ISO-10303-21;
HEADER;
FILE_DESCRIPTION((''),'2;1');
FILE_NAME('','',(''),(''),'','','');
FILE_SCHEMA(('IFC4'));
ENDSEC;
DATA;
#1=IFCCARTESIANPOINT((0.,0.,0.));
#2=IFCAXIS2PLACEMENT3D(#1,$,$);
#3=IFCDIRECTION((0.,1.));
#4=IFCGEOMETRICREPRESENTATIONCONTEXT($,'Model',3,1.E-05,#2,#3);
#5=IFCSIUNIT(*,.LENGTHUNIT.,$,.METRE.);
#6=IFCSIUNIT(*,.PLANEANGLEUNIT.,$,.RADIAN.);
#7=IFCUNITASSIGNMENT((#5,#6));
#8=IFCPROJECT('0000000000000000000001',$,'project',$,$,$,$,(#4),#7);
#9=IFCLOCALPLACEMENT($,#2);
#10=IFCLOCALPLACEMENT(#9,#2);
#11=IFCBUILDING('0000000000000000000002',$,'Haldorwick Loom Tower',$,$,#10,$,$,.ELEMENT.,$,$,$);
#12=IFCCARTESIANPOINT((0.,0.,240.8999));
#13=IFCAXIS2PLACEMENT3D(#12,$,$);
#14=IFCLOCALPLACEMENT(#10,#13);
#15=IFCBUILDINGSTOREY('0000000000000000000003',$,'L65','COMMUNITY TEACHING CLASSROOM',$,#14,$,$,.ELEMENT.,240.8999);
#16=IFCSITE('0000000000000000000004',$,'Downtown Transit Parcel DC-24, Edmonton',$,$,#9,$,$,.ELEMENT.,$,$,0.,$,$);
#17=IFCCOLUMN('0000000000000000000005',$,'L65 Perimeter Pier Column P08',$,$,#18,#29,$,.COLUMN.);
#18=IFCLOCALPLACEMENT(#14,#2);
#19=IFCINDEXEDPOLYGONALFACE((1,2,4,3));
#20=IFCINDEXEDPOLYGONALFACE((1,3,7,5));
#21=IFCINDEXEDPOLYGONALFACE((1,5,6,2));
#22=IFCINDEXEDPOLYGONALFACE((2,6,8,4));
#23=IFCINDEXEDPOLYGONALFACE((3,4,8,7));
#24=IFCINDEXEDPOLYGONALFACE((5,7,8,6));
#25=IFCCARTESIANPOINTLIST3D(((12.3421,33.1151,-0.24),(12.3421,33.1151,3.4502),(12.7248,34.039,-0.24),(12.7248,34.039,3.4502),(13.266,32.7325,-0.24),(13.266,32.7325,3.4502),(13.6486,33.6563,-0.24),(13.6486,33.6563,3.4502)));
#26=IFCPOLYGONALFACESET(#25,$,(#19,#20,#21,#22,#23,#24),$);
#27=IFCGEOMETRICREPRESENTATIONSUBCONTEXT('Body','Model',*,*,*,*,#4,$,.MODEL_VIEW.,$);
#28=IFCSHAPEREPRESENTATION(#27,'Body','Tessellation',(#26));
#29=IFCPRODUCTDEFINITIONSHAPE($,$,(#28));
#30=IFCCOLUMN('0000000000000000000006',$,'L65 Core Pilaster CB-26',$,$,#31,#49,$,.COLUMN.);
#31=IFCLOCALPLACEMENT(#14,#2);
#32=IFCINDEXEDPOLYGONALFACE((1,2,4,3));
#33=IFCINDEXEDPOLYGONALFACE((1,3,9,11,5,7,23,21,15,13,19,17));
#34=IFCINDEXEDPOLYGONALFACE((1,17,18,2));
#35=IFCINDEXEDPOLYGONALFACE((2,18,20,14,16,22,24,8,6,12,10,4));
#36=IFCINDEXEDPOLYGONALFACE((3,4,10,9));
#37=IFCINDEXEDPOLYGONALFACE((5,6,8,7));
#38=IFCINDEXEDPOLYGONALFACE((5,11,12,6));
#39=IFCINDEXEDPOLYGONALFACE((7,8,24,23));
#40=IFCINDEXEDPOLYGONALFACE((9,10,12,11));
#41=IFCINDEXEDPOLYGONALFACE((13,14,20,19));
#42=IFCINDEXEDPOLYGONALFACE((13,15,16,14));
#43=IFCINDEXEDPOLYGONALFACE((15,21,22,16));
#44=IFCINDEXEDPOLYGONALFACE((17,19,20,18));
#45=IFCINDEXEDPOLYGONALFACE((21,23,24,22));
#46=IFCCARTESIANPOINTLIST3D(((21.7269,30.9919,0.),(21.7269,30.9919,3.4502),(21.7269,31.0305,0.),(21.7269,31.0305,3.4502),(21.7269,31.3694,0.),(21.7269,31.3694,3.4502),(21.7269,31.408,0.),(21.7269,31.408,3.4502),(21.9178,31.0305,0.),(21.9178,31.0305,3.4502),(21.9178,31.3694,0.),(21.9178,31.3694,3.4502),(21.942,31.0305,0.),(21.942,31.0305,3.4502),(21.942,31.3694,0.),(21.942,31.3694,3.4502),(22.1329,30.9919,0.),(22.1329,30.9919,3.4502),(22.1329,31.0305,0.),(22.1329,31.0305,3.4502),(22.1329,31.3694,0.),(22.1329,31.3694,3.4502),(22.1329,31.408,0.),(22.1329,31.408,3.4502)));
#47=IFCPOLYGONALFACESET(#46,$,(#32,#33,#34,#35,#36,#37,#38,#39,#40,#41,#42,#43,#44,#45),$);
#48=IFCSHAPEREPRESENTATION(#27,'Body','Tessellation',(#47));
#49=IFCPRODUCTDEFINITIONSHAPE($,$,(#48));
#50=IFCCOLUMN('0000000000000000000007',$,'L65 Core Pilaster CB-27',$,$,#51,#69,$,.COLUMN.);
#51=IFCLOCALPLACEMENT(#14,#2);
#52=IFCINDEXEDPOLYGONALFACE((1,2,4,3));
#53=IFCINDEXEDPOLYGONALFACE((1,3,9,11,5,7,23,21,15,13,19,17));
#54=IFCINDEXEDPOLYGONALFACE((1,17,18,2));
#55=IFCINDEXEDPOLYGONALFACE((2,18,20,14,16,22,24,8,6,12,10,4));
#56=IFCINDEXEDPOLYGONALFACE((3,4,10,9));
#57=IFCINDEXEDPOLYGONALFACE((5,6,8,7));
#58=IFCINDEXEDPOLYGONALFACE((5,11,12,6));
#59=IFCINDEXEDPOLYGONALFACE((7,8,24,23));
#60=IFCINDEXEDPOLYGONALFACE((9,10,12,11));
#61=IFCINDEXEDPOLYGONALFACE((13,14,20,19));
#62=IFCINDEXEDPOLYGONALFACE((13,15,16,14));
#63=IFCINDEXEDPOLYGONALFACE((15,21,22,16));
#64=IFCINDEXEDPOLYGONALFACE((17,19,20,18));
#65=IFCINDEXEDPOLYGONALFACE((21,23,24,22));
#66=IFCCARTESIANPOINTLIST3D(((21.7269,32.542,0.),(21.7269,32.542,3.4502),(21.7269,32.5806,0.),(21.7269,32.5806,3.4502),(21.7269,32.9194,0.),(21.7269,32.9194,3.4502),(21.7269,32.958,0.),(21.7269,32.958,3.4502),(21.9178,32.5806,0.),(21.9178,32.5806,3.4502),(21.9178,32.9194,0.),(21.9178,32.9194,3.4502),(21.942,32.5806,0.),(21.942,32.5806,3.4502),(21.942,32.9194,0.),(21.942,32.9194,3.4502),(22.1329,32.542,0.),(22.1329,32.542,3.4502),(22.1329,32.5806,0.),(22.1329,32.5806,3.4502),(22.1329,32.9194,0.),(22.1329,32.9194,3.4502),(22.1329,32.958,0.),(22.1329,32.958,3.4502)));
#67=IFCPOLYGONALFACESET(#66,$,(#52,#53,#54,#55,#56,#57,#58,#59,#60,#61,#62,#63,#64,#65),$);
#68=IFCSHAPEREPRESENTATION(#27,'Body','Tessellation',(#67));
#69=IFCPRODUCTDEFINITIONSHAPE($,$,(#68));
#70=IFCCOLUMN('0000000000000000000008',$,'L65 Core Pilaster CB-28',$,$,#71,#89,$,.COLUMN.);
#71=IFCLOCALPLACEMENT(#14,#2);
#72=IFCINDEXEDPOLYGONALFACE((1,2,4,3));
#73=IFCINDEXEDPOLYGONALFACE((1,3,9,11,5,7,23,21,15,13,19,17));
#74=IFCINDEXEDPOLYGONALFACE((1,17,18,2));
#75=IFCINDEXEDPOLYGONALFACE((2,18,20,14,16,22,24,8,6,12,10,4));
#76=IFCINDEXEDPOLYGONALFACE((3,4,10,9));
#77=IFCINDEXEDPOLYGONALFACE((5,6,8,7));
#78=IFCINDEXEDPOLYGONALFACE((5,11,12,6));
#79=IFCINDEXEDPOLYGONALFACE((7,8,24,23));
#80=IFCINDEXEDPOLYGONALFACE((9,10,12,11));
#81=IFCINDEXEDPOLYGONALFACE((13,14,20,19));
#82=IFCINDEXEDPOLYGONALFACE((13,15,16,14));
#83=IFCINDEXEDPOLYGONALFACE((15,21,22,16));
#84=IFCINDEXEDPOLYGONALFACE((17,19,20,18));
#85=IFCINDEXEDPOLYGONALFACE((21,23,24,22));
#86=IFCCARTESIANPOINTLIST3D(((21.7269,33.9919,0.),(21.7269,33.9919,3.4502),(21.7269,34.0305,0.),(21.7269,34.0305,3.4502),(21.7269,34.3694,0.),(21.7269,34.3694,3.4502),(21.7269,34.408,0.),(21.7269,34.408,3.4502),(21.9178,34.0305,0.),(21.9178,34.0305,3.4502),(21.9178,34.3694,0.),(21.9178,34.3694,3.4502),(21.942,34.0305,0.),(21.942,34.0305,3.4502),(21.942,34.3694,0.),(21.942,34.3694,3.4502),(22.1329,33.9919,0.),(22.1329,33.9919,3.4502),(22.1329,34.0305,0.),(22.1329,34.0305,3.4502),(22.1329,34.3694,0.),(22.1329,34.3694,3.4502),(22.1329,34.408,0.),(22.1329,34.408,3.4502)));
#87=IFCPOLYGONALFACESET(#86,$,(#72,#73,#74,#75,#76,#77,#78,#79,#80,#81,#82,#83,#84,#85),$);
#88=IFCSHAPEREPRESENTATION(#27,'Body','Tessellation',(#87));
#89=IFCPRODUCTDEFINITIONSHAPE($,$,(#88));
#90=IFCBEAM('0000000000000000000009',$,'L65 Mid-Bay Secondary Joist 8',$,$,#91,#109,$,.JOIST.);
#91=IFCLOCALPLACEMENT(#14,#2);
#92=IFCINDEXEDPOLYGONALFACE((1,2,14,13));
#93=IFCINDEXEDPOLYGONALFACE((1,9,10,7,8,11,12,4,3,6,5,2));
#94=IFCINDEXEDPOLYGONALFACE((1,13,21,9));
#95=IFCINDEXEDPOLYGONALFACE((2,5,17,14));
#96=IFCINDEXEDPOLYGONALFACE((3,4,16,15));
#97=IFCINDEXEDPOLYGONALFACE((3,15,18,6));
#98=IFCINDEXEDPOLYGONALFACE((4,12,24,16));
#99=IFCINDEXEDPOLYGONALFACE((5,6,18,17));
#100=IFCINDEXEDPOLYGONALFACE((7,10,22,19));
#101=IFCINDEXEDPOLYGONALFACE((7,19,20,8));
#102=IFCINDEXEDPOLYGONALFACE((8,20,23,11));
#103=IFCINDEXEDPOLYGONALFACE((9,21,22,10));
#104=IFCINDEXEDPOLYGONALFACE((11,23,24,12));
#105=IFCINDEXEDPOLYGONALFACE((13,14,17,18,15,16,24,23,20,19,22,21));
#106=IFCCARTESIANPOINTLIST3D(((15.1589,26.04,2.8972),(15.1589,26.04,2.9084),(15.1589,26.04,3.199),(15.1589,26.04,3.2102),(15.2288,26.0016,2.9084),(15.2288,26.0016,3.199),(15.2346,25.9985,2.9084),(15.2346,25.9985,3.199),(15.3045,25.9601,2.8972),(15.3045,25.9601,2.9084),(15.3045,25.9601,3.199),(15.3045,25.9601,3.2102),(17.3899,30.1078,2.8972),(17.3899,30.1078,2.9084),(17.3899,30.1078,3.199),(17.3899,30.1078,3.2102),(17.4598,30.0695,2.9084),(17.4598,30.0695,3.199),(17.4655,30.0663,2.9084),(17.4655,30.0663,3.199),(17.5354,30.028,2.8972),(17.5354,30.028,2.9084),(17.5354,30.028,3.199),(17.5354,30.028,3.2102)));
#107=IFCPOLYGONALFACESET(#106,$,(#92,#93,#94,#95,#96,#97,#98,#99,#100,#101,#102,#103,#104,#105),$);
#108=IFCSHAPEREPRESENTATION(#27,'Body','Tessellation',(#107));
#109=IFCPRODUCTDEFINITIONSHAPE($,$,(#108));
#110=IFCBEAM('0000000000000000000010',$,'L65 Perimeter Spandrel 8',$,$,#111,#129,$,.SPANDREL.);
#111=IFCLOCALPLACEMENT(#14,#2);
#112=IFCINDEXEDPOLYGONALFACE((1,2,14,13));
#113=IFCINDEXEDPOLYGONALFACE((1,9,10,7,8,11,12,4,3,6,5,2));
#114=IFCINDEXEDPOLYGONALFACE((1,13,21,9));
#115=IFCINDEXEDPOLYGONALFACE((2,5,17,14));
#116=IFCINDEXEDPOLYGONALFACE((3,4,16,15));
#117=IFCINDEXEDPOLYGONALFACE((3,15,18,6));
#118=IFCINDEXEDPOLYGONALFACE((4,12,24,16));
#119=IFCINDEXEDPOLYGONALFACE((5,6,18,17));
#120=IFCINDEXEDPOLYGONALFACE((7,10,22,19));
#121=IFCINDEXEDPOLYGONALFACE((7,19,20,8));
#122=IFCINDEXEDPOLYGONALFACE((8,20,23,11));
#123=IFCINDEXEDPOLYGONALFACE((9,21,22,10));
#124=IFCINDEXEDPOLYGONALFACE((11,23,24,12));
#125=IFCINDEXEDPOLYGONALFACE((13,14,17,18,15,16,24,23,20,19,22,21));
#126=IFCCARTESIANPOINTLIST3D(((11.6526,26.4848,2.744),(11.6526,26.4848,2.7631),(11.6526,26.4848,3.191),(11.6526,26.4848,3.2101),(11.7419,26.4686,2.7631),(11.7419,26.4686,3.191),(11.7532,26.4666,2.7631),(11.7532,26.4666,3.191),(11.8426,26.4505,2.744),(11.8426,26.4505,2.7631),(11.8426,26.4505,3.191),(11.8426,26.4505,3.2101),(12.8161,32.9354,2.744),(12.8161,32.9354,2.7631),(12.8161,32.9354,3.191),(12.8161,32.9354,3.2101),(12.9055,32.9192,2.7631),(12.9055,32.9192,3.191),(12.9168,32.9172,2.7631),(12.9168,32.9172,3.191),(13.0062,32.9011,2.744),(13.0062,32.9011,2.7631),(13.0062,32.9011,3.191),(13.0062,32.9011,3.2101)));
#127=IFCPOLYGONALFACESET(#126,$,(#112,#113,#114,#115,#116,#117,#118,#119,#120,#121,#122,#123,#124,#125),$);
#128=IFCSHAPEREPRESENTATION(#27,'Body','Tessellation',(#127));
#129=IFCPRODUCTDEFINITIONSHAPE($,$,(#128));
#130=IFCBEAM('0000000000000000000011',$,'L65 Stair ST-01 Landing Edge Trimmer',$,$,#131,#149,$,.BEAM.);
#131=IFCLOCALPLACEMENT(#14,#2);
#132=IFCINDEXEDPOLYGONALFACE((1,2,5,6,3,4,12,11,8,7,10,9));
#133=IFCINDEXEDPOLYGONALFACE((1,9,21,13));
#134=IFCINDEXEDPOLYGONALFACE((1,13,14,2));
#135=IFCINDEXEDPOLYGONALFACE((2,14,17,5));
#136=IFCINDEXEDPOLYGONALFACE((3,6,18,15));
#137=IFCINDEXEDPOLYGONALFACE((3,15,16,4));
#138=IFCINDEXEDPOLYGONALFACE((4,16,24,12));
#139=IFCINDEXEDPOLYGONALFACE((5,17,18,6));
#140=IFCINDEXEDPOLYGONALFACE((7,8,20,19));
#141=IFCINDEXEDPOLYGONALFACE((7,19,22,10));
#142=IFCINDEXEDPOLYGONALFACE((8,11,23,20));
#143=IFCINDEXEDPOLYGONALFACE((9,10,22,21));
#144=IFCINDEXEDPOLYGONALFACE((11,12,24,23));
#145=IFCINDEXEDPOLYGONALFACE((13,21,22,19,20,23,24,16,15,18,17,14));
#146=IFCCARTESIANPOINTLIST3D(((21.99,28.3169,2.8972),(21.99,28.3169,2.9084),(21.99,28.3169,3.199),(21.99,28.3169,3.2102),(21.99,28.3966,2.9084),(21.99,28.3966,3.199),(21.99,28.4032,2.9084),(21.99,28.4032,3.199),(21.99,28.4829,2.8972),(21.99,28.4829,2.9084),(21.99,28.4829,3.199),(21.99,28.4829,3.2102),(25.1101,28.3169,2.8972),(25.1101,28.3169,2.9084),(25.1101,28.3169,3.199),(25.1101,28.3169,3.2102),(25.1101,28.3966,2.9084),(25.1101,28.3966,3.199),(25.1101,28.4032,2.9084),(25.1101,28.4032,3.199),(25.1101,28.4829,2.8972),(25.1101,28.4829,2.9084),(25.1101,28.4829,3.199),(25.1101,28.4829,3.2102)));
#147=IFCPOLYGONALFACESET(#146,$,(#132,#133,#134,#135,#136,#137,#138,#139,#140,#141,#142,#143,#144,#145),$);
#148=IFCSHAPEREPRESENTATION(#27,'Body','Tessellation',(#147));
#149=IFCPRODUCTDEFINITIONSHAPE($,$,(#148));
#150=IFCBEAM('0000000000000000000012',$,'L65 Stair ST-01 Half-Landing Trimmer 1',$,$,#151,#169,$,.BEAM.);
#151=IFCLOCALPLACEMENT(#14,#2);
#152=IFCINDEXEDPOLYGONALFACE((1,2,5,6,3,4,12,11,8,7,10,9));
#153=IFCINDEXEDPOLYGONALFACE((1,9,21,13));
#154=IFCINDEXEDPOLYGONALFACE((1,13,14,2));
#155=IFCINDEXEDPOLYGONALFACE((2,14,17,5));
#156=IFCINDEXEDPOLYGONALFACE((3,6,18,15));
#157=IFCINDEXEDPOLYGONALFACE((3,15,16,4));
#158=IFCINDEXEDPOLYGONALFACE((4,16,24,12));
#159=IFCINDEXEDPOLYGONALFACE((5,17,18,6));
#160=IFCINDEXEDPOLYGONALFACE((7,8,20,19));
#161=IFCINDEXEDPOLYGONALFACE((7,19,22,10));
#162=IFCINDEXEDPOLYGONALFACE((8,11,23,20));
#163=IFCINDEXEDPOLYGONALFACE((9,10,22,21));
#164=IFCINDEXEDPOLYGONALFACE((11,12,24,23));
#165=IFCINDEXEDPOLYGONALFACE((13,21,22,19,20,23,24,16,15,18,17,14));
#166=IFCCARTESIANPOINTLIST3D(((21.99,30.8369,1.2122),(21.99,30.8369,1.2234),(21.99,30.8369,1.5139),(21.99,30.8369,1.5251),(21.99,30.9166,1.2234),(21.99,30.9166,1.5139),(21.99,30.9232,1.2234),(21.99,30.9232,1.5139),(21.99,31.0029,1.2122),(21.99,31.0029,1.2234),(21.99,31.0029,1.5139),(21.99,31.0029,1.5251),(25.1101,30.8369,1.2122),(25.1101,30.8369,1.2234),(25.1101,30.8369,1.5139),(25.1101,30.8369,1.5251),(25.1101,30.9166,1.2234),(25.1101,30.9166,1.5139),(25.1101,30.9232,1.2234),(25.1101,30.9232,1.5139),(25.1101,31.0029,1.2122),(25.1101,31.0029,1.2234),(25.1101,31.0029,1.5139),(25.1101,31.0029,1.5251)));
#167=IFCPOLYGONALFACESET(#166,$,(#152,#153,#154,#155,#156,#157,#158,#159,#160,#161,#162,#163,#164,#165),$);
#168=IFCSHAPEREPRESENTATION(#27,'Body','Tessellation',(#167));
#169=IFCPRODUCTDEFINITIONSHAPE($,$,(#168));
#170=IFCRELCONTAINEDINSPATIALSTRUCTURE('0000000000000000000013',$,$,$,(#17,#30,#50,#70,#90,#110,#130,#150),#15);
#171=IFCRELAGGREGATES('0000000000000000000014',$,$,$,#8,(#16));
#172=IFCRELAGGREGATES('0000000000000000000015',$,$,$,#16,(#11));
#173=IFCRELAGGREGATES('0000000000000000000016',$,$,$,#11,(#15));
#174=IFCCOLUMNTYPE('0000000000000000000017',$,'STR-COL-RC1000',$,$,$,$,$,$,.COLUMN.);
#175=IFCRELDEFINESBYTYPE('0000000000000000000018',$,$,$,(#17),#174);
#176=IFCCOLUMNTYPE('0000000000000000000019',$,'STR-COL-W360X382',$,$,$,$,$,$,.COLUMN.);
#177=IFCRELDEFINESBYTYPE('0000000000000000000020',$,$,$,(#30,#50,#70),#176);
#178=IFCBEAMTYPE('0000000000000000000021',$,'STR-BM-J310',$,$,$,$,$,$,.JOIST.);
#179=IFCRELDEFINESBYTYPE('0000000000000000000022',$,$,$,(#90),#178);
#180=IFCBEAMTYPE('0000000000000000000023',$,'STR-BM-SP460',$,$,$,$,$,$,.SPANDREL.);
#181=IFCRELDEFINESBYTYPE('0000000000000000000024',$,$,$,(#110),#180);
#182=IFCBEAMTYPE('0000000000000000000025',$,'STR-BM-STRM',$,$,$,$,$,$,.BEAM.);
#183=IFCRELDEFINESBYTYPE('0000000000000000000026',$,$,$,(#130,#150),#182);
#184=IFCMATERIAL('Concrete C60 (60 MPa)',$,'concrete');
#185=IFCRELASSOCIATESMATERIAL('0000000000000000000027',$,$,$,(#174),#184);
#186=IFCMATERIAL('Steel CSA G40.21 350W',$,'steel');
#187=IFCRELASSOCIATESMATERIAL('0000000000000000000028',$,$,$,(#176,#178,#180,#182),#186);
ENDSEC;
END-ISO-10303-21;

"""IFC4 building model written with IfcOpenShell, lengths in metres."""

from ifc_helpers import new_model, si_unit, direction, frame, origin, origin_2d, place, context, subcontext, project, spatial, rectangle, i_section, extrude, material, material_profile, profile_set, type_object, element, save


model = new_model("IFC4")

# Units and contexts
model_context = context("Model", 3, precision=1e-05, world=origin(), true_north=direction((0.0, 1.0)))
body_context = subcontext(model_context, "Body", "Model", "MODEL_VIEW")
ifc_project = project(units=[si_unit("LENGTHUNIT", "METRE"), si_unit("PLANEANGLEUNIT", "RADIAN")], contexts=[model_context])

# Site, building, storey
site_placement = place(None, origin())
site = spatial("IfcSite", under=ifc_project, at=site_placement, Name="Downtown Transit Parcel DC-24, Edmonton", CompositionType="ELEMENT", RefElevation=0.0)
building_placement = place(site_placement, origin())
building = spatial("IfcBuilding", under=site, at=building_placement, Name="Haldorwick Loom Tower", CompositionType="ELEMENT")
storey_placement = place(building_placement, frame((0.0, 0.0, 240.8999)))
storey = spatial("IfcBuildingStorey", under=building, at=storey_placement, Name="L65", Description="COMMUNITY TEACHING CLASSROOM", CompositionType="ELEMENT", Elevation=240.8999)

# Columns
ifc_material_1 = material(Name="Concrete C60 (60 MPa)", Category="concrete")
ifc_material_profile_1 = material_profile(ifc_material_1, rectangle(XDim=1.0, YDim=1.0, at=origin_2d()), Name="RC1000X1000", Category="concrete")
ifc_profile_set_1 = profile_set([ifc_material_profile_1], Name="Concrete C60 (60 MPa)")
column_type_1 = type_object("IfcColumnType", Name="STR-COL-RC1000", PredefinedType="COLUMN", material=ifc_profile_set_1)
column_placement = place(storey_placement, frame((12.9954, 33.3857, -0.24), z_axis=(0.0, 0.0, 1.0), x_axis=(-0.92388, 0.382683, 0.0)))
element("IfcColumn", 1, at=column_placement, inside=storey, type_object=column_type_1, Name="L65 Perimeter Pier Column P08", PredefinedType="COLUMN", context=body_context, shape_type="SweptSolid", body=[
    extrude(rectangle(XDim=1.0, YDim=1.0, at=origin_2d()), origin(), (0.0, 0.0, 1.0), 3.6902),
])
ifc_material_2 = material(Name="Steel CSA G40.21 350W", Category="steel")
ifc_material_profile_2 = material_profile(ifc_material_2, i_section(OverallWidth=0.406, OverallDepth=0.416, WebThickness=0.0242, FlangeThickness=0.0386, at=origin_2d()), Name="W360X382", Category="steel")
ifc_profile_set_2 = profile_set([ifc_material_profile_2], Name="Steel CSA G40.21 350W")
column_type_2 = type_object("IfcColumnType", Name="STR-COL-W360X382", PredefinedType="COLUMN", material=ifc_profile_set_2)
for number, where, z_axis, x_axis, name in (
    (2, (21.9299, 31.2, 0.0), (0.0, 0.0, 1.0), (1.0, 0.0, 0.0), "L65 Core Pilaster CB-26"),
    (3, (21.9299, 32.75, 0.0), (0.0, 0.0, 1.0), (1.0, 0.0, 0.0), "L65 Core Pilaster CB-27"),
    (4, (21.9299, 34.2, 0.0), (0.0, 0.0, 1.0), (1.0, 0.0, 0.0), "L65 Core Pilaster CB-28"),
):
    element("IfcColumn", number, at=place(storey_placement, frame(where, z_axis=z_axis, x_axis=x_axis)), inside=storey, type_object=column_type_2, Name=name, PredefinedType="COLUMN", context=body_context, shape_type="SweptSolid", body=[
        extrude(i_section(OverallWidth=0.406, OverallDepth=0.416, WebThickness=0.0242, FlangeThickness=0.0386, at=origin_2d()), origin(), (0.0, 0.0, 1.0), 3.4502),
    ])

# Beams
ifc_material_profile_3 = material_profile(ifc_material_2, i_section(OverallWidth=0.166, OverallDepth=0.313, WebThickness=0.0066, FlangeThickness=0.0112, at=origin_2d()), Name="W310X45", Category="steel")
ifc_profile_set_3 = profile_set([ifc_material_profile_3], Name="Steel CSA G40.21 350W")
beam_type_1 = type_object("IfcBeamType", Name="STR-BM-J310", PredefinedType="JOIST", material=ifc_profile_set_3)
beam_1_placement = place(storey_placement, frame((17.4626, 30.0679, 3.0537), z_axis=(-0.480864, -0.876795, 0.0), x_axis=(0.876795, -0.480864, 0.0)))
element("IfcBeam", 5, at=beam_1_placement, inside=storey, type_object=beam_type_1, Name="L65 Mid-Bay Secondary Joist 8", PredefinedType="JOIST", context=body_context, shape_type="SweptSolid", body=[
    extrude(i_section(OverallWidth=0.166, OverallDepth=0.313, WebThickness=0.0066, FlangeThickness=0.0112, at=origin_2d()), origin(), (0.0, 0.0, 1.0), 4.6394),
])
ifc_material_profile_4 = material_profile(ifc_material_2, i_section(OverallWidth=0.1931, OverallDepth=0.4661, WebThickness=0.0115, FlangeThickness=0.019, at=origin_2d()), Name="W460X97", Category="steel")
ifc_profile_set_4 = profile_set([ifc_material_profile_4], Name="Steel CSA G40.21 350W")
beam_type_2 = type_object("IfcBeamType", Name="STR-BM-SP460", PredefinedType="SPANDREL", material=ifc_profile_set_4)
beam_2_placement = place(storey_placement, frame((12.9111, 32.9182, 2.9771), z_axis=(-0.177515, -0.984118, 0.0), x_axis=(0.984118, -0.177515, 0.0)))
element("IfcBeam", 6, at=beam_2_placement, inside=storey, type_object=beam_type_2, Name="L65 Perimeter Spandrel 8", PredefinedType="SPANDREL", context=body_context, shape_type="SweptSolid", body=[
    extrude(i_section(OverallWidth=0.1931, OverallDepth=0.4661, WebThickness=0.0115, FlangeThickness=0.019, at=origin_2d()), origin(), (0.0, 0.0, 1.0), 6.5547),
])
ifc_material_profile_5 = material_profile(ifc_material_2, i_section(OverallWidth=0.166, OverallDepth=0.313, WebThickness=0.0066, FlangeThickness=0.0112, at=origin_2d()), Name="W310X45", Category="steel")
ifc_profile_set_5 = profile_set([ifc_material_profile_5], Name="Steel CSA G40.21 350W")
beam_type_3 = type_object("IfcBeamType", Name="STR-BM-STRM", PredefinedType="BEAM", material=ifc_profile_set_5)
for number, where, z_axis, x_axis, name in (
    (7, (21.99, 28.3999, 3.0537), (1.0, 0.0, 0.0), (0.0, 1.0, 0.0), "L65 Stair ST-01 Landing Edge Trimmer"),
    (8, (21.99, 30.9199, 1.3687), (1.0, 0.0, 0.0), (0.0, 1.0, 0.0), "L65 Stair ST-01 Half-Landing Trimmer 1"),
):
    element("IfcBeam", number, at=place(storey_placement, frame(where, z_axis=z_axis, x_axis=x_axis)), inside=storey, type_object=beam_type_3, Name=name, PredefinedType="BEAM", context=body_context, shape_type="SweptSolid", body=[
        extrude(i_section(OverallWidth=0.166, OverallDepth=0.313, WebThickness=0.0066, FlangeThickness=0.0112, at=origin_2d()), origin(), (0.0, 0.0, 1.0), 3.1201),
    ])

save(model, "model.ifc")
